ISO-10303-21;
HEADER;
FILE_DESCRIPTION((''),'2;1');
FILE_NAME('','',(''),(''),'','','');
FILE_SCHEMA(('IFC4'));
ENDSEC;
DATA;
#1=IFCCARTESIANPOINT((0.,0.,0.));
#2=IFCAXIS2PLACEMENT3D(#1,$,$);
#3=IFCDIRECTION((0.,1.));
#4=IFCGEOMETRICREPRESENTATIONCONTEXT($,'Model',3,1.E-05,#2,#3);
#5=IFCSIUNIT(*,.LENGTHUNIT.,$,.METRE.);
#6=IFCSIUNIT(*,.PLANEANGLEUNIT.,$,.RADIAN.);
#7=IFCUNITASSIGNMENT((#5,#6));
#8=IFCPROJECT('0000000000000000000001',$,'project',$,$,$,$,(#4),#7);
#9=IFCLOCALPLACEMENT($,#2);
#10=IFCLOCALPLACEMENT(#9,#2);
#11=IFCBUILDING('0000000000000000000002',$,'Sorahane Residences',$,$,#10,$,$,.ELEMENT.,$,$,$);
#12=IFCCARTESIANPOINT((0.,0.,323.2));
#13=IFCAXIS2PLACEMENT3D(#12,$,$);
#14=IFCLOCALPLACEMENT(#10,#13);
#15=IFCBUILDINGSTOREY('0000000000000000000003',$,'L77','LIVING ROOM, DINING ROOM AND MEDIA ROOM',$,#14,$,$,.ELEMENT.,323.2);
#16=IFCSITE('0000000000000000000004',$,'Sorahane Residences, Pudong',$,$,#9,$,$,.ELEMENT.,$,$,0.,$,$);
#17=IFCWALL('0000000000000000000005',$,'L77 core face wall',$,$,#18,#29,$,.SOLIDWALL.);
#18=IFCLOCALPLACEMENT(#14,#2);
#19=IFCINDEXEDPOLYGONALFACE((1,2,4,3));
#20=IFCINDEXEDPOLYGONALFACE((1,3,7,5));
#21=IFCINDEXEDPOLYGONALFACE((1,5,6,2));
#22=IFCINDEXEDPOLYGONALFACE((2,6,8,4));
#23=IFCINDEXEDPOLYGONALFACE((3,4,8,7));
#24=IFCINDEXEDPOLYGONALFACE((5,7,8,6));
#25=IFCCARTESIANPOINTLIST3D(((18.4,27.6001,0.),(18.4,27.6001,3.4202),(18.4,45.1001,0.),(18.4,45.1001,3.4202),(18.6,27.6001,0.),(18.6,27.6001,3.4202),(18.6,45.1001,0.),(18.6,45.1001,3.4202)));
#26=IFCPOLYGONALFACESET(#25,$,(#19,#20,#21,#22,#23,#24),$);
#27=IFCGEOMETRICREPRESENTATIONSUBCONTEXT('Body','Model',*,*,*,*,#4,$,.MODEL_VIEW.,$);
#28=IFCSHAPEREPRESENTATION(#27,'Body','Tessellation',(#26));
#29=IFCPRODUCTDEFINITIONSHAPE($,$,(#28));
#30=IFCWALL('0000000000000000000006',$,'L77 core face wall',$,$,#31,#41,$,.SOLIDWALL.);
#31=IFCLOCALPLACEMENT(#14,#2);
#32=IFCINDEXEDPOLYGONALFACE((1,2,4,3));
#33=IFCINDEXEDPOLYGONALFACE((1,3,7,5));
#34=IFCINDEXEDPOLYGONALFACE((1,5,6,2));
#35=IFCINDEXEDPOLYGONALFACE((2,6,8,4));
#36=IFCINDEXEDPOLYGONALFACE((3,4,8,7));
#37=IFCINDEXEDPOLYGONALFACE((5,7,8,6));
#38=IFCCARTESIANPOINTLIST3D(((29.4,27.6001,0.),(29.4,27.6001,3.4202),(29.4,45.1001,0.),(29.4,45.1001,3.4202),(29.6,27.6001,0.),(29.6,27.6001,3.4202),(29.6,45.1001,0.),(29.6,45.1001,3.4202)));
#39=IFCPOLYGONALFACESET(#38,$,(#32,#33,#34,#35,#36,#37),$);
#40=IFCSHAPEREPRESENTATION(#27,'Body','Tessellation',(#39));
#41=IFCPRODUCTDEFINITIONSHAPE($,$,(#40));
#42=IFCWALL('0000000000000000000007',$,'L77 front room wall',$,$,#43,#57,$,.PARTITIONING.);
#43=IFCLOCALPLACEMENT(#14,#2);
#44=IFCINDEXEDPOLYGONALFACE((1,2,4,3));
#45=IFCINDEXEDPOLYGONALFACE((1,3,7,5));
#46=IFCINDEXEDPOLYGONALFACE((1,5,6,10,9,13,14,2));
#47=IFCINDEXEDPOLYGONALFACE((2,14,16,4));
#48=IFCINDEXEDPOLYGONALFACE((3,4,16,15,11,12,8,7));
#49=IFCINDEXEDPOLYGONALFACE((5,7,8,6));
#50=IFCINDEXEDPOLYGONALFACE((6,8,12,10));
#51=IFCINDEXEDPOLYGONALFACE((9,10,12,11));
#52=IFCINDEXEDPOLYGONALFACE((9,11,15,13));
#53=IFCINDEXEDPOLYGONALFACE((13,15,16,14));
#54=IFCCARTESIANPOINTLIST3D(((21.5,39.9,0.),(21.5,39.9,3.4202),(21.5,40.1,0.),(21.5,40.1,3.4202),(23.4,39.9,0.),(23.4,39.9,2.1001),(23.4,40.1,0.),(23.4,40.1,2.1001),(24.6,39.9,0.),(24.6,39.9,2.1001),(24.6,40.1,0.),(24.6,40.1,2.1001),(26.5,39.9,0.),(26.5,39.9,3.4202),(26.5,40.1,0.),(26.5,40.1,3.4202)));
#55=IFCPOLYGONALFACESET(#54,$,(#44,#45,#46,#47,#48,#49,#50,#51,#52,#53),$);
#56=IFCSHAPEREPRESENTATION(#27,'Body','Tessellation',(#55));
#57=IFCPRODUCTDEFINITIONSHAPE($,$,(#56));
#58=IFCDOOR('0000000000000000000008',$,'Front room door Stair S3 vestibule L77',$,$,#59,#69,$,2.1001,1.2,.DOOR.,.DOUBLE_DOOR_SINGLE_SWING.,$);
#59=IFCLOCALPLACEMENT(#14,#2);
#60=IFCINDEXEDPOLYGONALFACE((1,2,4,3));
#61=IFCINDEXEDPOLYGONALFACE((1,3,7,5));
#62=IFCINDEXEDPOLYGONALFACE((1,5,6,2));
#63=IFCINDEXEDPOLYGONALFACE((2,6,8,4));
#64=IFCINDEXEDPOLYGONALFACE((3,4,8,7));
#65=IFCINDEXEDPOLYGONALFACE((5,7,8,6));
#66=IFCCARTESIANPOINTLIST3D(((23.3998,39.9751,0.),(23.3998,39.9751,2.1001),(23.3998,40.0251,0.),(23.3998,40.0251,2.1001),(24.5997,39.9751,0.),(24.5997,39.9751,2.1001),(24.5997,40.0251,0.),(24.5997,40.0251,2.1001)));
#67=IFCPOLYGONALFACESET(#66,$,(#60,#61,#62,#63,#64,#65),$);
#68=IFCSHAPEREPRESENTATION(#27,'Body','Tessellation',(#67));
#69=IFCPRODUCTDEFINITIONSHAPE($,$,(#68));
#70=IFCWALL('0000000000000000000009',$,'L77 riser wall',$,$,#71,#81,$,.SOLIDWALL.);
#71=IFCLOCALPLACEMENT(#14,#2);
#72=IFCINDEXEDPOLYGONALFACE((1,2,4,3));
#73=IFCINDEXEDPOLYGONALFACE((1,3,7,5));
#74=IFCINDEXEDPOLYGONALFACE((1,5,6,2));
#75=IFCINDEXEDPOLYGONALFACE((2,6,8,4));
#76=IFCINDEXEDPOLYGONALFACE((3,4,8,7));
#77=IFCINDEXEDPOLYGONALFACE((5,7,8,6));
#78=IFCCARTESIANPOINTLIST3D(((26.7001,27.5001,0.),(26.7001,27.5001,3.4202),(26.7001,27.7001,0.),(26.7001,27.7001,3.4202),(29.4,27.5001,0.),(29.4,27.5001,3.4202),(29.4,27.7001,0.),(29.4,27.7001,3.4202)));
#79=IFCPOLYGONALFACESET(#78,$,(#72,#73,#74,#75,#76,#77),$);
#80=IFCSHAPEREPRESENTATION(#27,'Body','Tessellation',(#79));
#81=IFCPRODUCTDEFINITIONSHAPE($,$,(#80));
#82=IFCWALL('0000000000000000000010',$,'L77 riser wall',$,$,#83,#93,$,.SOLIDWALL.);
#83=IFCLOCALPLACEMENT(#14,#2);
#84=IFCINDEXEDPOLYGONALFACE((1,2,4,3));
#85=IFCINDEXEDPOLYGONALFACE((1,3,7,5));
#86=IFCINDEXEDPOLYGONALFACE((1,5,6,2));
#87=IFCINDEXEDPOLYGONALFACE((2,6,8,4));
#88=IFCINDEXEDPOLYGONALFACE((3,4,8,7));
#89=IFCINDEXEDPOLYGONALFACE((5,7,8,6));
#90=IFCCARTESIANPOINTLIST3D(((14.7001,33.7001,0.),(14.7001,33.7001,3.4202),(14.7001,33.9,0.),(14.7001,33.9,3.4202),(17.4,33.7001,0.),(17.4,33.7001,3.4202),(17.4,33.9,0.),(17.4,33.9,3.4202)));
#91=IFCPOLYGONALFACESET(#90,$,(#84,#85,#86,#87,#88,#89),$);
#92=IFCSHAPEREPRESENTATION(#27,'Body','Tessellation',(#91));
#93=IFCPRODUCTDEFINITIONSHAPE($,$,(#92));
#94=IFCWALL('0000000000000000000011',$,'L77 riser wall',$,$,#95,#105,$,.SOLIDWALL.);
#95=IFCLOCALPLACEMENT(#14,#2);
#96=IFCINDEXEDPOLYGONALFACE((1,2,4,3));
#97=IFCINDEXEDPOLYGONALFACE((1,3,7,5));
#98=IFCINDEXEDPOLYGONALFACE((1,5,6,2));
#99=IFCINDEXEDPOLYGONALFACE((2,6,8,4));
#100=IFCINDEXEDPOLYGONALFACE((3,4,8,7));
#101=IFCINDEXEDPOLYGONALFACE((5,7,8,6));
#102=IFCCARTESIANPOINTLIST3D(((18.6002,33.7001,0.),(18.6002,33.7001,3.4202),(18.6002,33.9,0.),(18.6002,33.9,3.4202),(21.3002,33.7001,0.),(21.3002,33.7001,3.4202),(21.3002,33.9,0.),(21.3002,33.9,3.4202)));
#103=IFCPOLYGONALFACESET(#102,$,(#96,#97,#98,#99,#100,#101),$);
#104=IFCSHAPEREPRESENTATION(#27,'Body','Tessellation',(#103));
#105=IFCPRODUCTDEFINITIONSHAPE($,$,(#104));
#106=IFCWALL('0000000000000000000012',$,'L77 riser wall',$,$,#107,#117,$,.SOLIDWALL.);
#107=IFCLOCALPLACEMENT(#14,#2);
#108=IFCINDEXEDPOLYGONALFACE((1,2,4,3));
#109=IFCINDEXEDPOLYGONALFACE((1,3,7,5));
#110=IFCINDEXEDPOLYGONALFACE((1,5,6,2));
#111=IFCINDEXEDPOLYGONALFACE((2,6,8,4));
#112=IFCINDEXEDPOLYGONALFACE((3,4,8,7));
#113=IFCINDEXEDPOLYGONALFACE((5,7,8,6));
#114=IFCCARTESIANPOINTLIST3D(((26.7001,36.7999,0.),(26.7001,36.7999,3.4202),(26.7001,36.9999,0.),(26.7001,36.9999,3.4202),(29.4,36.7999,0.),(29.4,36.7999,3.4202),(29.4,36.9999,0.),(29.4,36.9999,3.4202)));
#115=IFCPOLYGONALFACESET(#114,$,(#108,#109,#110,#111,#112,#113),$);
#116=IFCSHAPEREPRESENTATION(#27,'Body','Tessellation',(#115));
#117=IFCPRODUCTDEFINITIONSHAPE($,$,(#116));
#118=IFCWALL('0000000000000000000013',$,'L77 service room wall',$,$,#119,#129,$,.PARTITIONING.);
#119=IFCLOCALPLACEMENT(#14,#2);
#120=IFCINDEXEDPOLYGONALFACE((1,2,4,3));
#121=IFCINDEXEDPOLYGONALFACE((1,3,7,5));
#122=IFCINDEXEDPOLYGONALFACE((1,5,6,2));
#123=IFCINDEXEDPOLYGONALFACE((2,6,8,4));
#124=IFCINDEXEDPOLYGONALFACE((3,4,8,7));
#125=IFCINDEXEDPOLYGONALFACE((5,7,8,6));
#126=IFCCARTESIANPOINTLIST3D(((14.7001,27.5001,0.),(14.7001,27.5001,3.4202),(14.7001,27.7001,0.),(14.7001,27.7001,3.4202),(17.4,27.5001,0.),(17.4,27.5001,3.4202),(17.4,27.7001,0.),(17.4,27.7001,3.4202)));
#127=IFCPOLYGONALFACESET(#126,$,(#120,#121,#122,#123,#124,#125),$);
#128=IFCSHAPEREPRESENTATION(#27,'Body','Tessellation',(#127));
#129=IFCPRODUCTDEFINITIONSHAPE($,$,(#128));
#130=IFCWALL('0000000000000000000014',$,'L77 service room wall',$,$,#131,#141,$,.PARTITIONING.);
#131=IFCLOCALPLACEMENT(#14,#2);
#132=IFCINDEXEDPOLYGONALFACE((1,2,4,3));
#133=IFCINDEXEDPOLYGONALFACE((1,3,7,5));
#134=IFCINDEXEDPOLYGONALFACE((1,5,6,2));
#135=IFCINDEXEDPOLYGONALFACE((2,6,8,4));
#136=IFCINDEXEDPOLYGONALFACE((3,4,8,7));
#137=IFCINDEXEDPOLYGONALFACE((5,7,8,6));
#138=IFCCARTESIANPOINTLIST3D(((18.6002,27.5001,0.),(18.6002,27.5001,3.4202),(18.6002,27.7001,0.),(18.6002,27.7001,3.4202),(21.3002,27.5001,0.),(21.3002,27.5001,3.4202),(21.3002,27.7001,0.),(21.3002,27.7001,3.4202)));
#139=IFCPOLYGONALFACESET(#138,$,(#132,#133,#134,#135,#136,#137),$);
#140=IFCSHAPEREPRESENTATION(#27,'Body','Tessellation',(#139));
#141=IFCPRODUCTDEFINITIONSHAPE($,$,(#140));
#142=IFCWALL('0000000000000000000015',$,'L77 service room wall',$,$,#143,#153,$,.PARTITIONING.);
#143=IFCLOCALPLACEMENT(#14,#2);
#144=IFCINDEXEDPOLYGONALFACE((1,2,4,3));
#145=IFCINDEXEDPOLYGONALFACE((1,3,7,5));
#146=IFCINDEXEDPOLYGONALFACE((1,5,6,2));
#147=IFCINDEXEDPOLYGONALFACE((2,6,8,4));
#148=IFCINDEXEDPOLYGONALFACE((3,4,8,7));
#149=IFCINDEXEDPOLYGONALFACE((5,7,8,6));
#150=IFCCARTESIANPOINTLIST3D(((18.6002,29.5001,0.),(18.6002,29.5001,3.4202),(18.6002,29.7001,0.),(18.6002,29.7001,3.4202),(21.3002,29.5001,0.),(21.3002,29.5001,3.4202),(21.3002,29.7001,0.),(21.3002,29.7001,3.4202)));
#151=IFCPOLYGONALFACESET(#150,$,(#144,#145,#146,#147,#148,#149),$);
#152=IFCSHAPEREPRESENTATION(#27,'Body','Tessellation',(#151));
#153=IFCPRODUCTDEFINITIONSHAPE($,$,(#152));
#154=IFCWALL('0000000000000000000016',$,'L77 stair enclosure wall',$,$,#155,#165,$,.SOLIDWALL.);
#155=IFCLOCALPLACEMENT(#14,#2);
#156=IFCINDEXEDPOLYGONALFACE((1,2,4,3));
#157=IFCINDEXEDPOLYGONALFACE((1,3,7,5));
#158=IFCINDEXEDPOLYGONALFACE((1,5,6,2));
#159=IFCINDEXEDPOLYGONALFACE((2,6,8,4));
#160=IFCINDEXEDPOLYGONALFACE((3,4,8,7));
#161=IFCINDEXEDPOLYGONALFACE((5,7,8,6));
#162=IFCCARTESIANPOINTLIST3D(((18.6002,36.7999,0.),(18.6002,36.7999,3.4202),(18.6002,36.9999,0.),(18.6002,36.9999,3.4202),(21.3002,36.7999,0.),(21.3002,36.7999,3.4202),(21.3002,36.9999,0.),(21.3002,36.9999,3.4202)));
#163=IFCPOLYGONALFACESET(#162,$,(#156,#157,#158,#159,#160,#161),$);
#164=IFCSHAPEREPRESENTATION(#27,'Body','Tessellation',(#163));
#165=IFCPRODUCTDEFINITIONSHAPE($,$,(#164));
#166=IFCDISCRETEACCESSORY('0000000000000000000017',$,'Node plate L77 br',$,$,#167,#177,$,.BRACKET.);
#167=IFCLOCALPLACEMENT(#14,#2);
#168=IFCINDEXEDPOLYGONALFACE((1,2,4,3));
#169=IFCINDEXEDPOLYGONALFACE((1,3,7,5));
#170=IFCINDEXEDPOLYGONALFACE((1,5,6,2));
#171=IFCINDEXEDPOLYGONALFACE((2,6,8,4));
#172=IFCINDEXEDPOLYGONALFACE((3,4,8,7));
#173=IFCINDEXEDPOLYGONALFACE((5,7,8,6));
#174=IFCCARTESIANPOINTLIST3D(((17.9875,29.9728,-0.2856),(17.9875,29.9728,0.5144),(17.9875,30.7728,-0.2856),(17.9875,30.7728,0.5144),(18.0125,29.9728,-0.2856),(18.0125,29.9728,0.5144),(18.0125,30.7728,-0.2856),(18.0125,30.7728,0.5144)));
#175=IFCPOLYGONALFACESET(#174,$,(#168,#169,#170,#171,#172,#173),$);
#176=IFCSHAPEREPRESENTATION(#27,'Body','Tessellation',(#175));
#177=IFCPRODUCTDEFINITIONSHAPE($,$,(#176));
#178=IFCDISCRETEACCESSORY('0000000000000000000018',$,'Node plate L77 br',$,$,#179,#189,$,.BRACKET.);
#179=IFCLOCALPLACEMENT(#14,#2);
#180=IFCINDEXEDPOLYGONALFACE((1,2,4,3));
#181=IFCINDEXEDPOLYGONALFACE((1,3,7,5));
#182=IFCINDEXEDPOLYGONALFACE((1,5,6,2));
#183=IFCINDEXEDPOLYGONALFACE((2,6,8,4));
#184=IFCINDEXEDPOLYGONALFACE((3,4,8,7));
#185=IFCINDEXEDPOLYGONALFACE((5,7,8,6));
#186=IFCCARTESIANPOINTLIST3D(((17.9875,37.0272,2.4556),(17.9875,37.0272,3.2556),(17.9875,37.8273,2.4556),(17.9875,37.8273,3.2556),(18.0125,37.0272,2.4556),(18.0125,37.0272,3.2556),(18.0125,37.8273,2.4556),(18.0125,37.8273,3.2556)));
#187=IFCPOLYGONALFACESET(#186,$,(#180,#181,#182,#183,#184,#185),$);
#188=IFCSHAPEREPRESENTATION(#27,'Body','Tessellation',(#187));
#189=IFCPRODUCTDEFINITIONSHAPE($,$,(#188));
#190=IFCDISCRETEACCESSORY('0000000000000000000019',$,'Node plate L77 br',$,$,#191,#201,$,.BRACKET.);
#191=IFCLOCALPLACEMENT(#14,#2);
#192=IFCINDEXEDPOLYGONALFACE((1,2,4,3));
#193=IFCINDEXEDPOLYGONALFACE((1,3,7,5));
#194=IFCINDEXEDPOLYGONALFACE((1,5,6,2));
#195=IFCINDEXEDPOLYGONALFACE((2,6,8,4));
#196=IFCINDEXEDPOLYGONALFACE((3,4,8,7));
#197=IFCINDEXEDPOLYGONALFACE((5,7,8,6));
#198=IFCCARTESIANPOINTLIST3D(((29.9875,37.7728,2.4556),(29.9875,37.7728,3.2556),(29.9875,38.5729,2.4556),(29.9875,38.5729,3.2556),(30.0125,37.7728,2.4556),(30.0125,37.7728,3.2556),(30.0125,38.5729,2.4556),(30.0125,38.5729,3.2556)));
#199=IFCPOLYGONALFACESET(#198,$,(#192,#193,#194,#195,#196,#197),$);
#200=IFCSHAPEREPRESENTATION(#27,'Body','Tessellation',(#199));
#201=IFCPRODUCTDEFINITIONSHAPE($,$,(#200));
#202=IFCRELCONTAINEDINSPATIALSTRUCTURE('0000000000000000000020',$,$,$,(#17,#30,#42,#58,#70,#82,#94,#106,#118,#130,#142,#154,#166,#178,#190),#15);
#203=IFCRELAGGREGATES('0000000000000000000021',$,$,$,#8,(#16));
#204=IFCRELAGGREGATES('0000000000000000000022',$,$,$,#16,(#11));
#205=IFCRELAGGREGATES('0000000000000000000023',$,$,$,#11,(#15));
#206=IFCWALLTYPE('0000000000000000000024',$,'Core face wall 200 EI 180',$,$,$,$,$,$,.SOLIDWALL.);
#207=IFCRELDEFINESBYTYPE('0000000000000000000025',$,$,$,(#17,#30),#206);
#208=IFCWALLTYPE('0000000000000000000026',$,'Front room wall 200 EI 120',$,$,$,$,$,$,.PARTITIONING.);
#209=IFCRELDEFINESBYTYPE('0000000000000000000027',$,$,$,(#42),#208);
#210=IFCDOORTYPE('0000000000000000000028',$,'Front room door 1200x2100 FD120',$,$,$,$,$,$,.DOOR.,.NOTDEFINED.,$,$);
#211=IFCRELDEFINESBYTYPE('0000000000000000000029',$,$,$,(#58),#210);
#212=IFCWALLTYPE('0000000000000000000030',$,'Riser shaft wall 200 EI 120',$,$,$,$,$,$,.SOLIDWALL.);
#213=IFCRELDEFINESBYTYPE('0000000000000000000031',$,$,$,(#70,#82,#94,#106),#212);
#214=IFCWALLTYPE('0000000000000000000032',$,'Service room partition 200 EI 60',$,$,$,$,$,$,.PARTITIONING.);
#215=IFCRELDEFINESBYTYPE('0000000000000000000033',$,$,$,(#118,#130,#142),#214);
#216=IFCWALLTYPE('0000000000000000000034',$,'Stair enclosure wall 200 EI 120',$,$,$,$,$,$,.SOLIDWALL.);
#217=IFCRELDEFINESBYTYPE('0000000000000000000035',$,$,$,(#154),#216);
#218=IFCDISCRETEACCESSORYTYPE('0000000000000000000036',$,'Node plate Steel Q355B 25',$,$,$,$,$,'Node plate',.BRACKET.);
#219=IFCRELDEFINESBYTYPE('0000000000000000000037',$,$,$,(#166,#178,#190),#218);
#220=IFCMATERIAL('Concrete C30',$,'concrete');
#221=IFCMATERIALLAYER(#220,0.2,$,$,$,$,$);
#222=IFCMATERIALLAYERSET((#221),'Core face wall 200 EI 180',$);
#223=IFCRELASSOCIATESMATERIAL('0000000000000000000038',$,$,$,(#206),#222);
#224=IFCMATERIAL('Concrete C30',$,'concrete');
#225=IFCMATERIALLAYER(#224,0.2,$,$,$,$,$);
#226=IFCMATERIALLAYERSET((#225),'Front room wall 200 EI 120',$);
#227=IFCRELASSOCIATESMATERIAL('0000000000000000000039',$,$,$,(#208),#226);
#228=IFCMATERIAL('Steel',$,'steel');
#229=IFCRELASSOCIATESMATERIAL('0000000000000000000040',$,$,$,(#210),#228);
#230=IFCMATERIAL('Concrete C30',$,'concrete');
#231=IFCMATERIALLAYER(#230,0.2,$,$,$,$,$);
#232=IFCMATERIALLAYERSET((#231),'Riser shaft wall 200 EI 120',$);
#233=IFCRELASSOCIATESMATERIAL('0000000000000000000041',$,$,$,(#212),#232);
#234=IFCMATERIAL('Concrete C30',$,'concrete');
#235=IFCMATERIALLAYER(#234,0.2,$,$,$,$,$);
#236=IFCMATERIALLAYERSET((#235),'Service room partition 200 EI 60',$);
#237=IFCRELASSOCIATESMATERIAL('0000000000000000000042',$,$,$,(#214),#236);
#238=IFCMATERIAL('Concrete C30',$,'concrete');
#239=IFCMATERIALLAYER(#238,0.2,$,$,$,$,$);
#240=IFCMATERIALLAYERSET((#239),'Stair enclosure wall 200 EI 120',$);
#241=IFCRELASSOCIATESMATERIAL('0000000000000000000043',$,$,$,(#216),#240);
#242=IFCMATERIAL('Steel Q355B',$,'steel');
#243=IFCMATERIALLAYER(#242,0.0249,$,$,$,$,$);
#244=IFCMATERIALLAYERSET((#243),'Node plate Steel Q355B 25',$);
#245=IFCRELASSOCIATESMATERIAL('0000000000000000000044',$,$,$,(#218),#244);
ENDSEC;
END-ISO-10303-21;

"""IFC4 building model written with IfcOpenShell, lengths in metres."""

from ifc_helpers import new_model, si_unit, direction, frame, frame_2d, origin, origin_2d, place, context, subcontext, project, spatial, rectangle, extrude, material, layer, layer_set, type_object, element, fill, save


model = new_model("IFC4")

# Units and contexts
model_context = context("Model", 3, precision=1e-05, world=origin(), true_north=direction((0.0, 1.0)))
body_context = subcontext(model_context, "Body", "Model", "MODEL_VIEW")
ifc_project = project(units=[si_unit("LENGTHUNIT", "METRE"), si_unit("PLANEANGLEUNIT", "RADIAN")], contexts=[model_context])

# Site, building, storey
site_placement = place(None, origin())
site = spatial("IfcSite", under=ifc_project, at=site_placement, Name="Sorahane Residences, Pudong", CompositionType="ELEMENT", RefElevation=0.0)
building_placement = place(site_placement, origin())
building = spatial("IfcBuilding", under=site, at=building_placement, Name="Sorahane Residences", CompositionType="ELEMENT")
storey_placement = place(building_placement, frame((0.0, 0.0, 323.2)))
storey = spatial("IfcBuildingStorey", under=building, at=storey_placement, Name="L77", Description="LIVING ROOM, DINING ROOM AND MEDIA ROOM", CompositionType="ELEMENT", Elevation=323.2)

# Walls
ifc_material_1 = material(Name="Concrete C30", Category="concrete")
ifc_layer_1 = layer(ifc_material_1, 0.2)
ifc_layer_set_1 = layer_set([ifc_layer_1], Name="Core face wall 200 EI 180")
wall_type_1 = type_object("IfcWallType", Name="Core face wall 200 EI 180", PredefinedType="SOLIDWALL", material=ifc_layer_set_1)
for number, where, z_axis, x_axis, name in (
    (1, (18.5, 27.6001, 0.0), (0.0, 0.0, 1.0), (0.0, 1.0, 0.0), "L77 core face wall"),
    (2, (29.5, 27.6001, 0.0), (0.0, 0.0, 1.0), (0.0, 1.0, 0.0), "L77 core face wall"),
):
    element("IfcWall", number, at=place(storey_placement, frame(where, z_axis=z_axis, x_axis=x_axis)), inside=storey, type_object=wall_type_1, Name=name, PredefinedType="SOLIDWALL", context=body_context, shape_type="SweptSolid", body=[
        extrude(rectangle(XDim=17.5, YDim=0.2, at=frame_2d((8.75, 0.0))), origin(), (0.0, 0.0, 1.0), 3.4202),
    ])

# Wall, opening, door
ifc_material_2 = material(Name="Concrete C30", Category="concrete")
ifc_layer_2 = layer(ifc_material_2, 0.2)
ifc_layer_set_2 = layer_set([ifc_layer_2], Name="Front room wall 200 EI 120")
wall_type_2 = type_object("IfcWallType", Name="Front room wall 200 EI 120", PredefinedType="PARTITIONING", material=ifc_layer_set_2)
wall_1_placement = place(storey_placement, frame((21.5, 40.0, 0.0), z_axis=(0.0, 0.0, 1.0), x_axis=(1.0, 0.0, 0.0)))
wall_1 = element("IfcWall", 3, at=wall_1_placement, inside=storey, type_object=wall_type_2, Name="L77 front room wall", PredefinedType="PARTITIONING", context=body_context, shape_type="SweptSolid", body=[
    extrude(rectangle(XDim=5.0, YDim=0.2, at=frame_2d((2.5, 0.0))), origin(), (0.0, 0.0, 1.0), 3.4202),
])
opening_placement = place(wall_1_placement, frame((1.8999, 0.0, 0.0)))
opening = element("IfcOpeningElement", 4, at=opening_placement, cuts=wall_1, PredefinedType="OPENING", context=body_context, shape_type="SweptSolid", body=[
    extrude(rectangle(XDim=1.2, YDim=2.1001, at=frame_2d((0.6001, 1.05))), frame((0.0, 0.1099, 0.0), z_axis=(0.0, -1.0, 0.0), x_axis=(1.0, 0.0, 0.0)), (0.0, 0.0, 1.0), 0.22),
])
ifc_material_3 = material(Name="Steel", Category="steel")
door_type = type_object("IfcDoorType", Name="Front room door 1200x2100 FD120", OperationType="NOTDEFINED", PredefinedType="DOOR", material=ifc_material_3)
door_placement = place(opening_placement, frame((1.2, 0.0, 0.0), z_axis=(0.0, 0.0, 1.0), x_axis=(-1.0, 0.0, 0.0)))
door = element("IfcDoor", 5, at=door_placement, inside=storey, type_object=door_type, Name="Front room door Stair S3 vestibule L77", OperationType="DOUBLE_DOOR_SINGLE_SWING", OverallHeight=2.1001, OverallWidth=1.2, PredefinedType="DOOR", context=body_context, shape_type="SweptSolid", body=[
    extrude(rectangle(XDim=1.2, YDim=2.1001, at=frame_2d((0.6001, 1.05))), frame((0.0, 0.0249, 0.0), z_axis=(0.0, -1.0, 0.0), x_axis=(1.0, 0.0, 0.0)), (0.0, 0.0, 1.0), 0.05),
])
fill(opening, door)

# Walls
ifc_material_4 = material(Name="Concrete C30", Category="concrete")
ifc_layer_3 = layer(ifc_material_4, 0.2)
ifc_layer_set_3 = layer_set([ifc_layer_3], Name="Riser shaft wall 200 EI 120")
wall_type_3 = type_object("IfcWallType", Name="Riser shaft wall 200 EI 120", PredefinedType="SOLIDWALL", material=ifc_layer_set_3)
for number, where, z_axis, x_axis, name in (
    (6, (26.7, 27.6001, 0.0), (0.0, 0.0, 1.0), (1.0, 0.0, 0.0), "L77 riser wall"),
    (7, (14.7, 33.8, 0.0), (0.0, 0.0, 1.0), (1.0, 0.0, 0.0), "L77 riser wall"),
    (8, (18.6001, 33.8, 0.0), (0.0, 0.0, 1.0), (1.0, 0.0, 0.0), "L77 riser wall"),
    (9, (26.7, 36.8999, 0.0), (0.0, 0.0, 1.0), (1.0, 0.0, 0.0), "L77 riser wall"),
):
    element("IfcWall", number, at=place(storey_placement, frame(where, z_axis=z_axis, x_axis=x_axis)), inside=storey, type_object=wall_type_3, Name=name, PredefinedType="SOLIDWALL", context=body_context, shape_type="SweptSolid", body=[
        extrude(rectangle(XDim=2.7, YDim=0.2, at=frame_2d((1.3501, 0.0))), origin(), (0.0, 0.0, 1.0), 3.4202),
    ])
ifc_material_5 = material(Name="Concrete C30", Category="concrete")
ifc_layer_4 = layer(ifc_material_5, 0.2)
ifc_layer_set_4 = layer_set([ifc_layer_4], Name="Service room partition 200 EI 60")
wall_type_4 = type_object("IfcWallType", Name="Service room partition 200 EI 60", PredefinedType="PARTITIONING", material=ifc_layer_set_4)
for number, where, z_axis, x_axis, name in (
    (10, (14.7, 27.6001, 0.0), (0.0, 0.0, 1.0), (1.0, 0.0, 0.0), "L77 service room wall"),
    (11, (18.6001, 27.6001, 0.0), (0.0, 0.0, 1.0), (1.0, 0.0, 0.0), "L77 service room wall"),
    (12, (18.6001, 29.6001, 0.0), (0.0, 0.0, 1.0), (1.0, 0.0, 0.0), "L77 service room wall"),
):
    element("IfcWall", number, at=place(storey_placement, frame(where, z_axis=z_axis, x_axis=x_axis)), inside=storey, type_object=wall_type_4, Name=name, PredefinedType="PARTITIONING", context=body_context, shape_type="SweptSolid", body=[
        extrude(rectangle(XDim=2.7, YDim=0.2, at=frame_2d((1.3501, 0.0))), origin(), (0.0, 0.0, 1.0), 3.4202),
    ])
ifc_material_6 = material(Name="Concrete C30", Category="concrete")
ifc_layer_5 = layer(ifc_material_6, 0.2)
ifc_layer_set_5 = layer_set([ifc_layer_5], Name="Stair enclosure wall 200 EI 120")
wall_type_5 = type_object("IfcWallType", Name="Stair enclosure wall 200 EI 120", PredefinedType="SOLIDWALL", material=ifc_layer_set_5)
wall_2_placement = place(storey_placement, frame((18.6001, 36.8999, 0.0), z_axis=(0.0, 0.0, 1.0), x_axis=(1.0, 0.0, 0.0)))
element("IfcWall", 13, at=wall_2_placement, inside=storey, type_object=wall_type_5, Name="L77 stair enclosure wall", PredefinedType="SOLIDWALL", context=body_context, shape_type="SweptSolid", body=[
    extrude(rectangle(XDim=2.7, YDim=0.2, at=frame_2d((1.3501, 0.0))), origin(), (0.0, 0.0, 1.0), 3.4202),
])

# Discrete accessories
ifc_material_7 = material(Name="Steel Q355B", Category="steel")
ifc_layer_6 = layer(ifc_material_7, 0.0249)
ifc_layer_set_6 = layer_set([ifc_layer_6], Name="Node plate Steel Q355B 25")
discrete_accessory_type = type_object("IfcDiscreteAccessoryType", Name="Node plate Steel Q355B 25", ElementType="Node plate", PredefinedType="BRACKET", material=ifc_layer_set_6)
for number, where, z_axis, x_axis, name in (
    (14, (18.0, 30.3728, -0.2856), (0.0, 0.0, 1.0), (0.0, 1.0, 0.0), "Node plate L77 br"),
    (15, (18.0, 37.4272, 2.4556), (0.0, 0.0, 1.0), (0.0, 1.0, 0.0), "Node plate L77 br"),
    (16, (30.0, 38.1729, 2.4556), (0.0, 0.0, 1.0), (0.0, 1.0, 0.0), "Node plate L77 br"),
):
    element("IfcDiscreteAccessory", number, at=place(storey_placement, frame(where, z_axis=z_axis, x_axis=x_axis)), inside=storey, type_object=discrete_accessory_type, Name=name, PredefinedType="BRACKET", context=body_context, shape_type="SweptSolid", body=[
        extrude(rectangle(XDim=0.8, YDim=0.0249, at=origin_2d()), origin(), (0.0, 0.0, 1.0), 0.8),
    ])

save(model, "model.ifc")
